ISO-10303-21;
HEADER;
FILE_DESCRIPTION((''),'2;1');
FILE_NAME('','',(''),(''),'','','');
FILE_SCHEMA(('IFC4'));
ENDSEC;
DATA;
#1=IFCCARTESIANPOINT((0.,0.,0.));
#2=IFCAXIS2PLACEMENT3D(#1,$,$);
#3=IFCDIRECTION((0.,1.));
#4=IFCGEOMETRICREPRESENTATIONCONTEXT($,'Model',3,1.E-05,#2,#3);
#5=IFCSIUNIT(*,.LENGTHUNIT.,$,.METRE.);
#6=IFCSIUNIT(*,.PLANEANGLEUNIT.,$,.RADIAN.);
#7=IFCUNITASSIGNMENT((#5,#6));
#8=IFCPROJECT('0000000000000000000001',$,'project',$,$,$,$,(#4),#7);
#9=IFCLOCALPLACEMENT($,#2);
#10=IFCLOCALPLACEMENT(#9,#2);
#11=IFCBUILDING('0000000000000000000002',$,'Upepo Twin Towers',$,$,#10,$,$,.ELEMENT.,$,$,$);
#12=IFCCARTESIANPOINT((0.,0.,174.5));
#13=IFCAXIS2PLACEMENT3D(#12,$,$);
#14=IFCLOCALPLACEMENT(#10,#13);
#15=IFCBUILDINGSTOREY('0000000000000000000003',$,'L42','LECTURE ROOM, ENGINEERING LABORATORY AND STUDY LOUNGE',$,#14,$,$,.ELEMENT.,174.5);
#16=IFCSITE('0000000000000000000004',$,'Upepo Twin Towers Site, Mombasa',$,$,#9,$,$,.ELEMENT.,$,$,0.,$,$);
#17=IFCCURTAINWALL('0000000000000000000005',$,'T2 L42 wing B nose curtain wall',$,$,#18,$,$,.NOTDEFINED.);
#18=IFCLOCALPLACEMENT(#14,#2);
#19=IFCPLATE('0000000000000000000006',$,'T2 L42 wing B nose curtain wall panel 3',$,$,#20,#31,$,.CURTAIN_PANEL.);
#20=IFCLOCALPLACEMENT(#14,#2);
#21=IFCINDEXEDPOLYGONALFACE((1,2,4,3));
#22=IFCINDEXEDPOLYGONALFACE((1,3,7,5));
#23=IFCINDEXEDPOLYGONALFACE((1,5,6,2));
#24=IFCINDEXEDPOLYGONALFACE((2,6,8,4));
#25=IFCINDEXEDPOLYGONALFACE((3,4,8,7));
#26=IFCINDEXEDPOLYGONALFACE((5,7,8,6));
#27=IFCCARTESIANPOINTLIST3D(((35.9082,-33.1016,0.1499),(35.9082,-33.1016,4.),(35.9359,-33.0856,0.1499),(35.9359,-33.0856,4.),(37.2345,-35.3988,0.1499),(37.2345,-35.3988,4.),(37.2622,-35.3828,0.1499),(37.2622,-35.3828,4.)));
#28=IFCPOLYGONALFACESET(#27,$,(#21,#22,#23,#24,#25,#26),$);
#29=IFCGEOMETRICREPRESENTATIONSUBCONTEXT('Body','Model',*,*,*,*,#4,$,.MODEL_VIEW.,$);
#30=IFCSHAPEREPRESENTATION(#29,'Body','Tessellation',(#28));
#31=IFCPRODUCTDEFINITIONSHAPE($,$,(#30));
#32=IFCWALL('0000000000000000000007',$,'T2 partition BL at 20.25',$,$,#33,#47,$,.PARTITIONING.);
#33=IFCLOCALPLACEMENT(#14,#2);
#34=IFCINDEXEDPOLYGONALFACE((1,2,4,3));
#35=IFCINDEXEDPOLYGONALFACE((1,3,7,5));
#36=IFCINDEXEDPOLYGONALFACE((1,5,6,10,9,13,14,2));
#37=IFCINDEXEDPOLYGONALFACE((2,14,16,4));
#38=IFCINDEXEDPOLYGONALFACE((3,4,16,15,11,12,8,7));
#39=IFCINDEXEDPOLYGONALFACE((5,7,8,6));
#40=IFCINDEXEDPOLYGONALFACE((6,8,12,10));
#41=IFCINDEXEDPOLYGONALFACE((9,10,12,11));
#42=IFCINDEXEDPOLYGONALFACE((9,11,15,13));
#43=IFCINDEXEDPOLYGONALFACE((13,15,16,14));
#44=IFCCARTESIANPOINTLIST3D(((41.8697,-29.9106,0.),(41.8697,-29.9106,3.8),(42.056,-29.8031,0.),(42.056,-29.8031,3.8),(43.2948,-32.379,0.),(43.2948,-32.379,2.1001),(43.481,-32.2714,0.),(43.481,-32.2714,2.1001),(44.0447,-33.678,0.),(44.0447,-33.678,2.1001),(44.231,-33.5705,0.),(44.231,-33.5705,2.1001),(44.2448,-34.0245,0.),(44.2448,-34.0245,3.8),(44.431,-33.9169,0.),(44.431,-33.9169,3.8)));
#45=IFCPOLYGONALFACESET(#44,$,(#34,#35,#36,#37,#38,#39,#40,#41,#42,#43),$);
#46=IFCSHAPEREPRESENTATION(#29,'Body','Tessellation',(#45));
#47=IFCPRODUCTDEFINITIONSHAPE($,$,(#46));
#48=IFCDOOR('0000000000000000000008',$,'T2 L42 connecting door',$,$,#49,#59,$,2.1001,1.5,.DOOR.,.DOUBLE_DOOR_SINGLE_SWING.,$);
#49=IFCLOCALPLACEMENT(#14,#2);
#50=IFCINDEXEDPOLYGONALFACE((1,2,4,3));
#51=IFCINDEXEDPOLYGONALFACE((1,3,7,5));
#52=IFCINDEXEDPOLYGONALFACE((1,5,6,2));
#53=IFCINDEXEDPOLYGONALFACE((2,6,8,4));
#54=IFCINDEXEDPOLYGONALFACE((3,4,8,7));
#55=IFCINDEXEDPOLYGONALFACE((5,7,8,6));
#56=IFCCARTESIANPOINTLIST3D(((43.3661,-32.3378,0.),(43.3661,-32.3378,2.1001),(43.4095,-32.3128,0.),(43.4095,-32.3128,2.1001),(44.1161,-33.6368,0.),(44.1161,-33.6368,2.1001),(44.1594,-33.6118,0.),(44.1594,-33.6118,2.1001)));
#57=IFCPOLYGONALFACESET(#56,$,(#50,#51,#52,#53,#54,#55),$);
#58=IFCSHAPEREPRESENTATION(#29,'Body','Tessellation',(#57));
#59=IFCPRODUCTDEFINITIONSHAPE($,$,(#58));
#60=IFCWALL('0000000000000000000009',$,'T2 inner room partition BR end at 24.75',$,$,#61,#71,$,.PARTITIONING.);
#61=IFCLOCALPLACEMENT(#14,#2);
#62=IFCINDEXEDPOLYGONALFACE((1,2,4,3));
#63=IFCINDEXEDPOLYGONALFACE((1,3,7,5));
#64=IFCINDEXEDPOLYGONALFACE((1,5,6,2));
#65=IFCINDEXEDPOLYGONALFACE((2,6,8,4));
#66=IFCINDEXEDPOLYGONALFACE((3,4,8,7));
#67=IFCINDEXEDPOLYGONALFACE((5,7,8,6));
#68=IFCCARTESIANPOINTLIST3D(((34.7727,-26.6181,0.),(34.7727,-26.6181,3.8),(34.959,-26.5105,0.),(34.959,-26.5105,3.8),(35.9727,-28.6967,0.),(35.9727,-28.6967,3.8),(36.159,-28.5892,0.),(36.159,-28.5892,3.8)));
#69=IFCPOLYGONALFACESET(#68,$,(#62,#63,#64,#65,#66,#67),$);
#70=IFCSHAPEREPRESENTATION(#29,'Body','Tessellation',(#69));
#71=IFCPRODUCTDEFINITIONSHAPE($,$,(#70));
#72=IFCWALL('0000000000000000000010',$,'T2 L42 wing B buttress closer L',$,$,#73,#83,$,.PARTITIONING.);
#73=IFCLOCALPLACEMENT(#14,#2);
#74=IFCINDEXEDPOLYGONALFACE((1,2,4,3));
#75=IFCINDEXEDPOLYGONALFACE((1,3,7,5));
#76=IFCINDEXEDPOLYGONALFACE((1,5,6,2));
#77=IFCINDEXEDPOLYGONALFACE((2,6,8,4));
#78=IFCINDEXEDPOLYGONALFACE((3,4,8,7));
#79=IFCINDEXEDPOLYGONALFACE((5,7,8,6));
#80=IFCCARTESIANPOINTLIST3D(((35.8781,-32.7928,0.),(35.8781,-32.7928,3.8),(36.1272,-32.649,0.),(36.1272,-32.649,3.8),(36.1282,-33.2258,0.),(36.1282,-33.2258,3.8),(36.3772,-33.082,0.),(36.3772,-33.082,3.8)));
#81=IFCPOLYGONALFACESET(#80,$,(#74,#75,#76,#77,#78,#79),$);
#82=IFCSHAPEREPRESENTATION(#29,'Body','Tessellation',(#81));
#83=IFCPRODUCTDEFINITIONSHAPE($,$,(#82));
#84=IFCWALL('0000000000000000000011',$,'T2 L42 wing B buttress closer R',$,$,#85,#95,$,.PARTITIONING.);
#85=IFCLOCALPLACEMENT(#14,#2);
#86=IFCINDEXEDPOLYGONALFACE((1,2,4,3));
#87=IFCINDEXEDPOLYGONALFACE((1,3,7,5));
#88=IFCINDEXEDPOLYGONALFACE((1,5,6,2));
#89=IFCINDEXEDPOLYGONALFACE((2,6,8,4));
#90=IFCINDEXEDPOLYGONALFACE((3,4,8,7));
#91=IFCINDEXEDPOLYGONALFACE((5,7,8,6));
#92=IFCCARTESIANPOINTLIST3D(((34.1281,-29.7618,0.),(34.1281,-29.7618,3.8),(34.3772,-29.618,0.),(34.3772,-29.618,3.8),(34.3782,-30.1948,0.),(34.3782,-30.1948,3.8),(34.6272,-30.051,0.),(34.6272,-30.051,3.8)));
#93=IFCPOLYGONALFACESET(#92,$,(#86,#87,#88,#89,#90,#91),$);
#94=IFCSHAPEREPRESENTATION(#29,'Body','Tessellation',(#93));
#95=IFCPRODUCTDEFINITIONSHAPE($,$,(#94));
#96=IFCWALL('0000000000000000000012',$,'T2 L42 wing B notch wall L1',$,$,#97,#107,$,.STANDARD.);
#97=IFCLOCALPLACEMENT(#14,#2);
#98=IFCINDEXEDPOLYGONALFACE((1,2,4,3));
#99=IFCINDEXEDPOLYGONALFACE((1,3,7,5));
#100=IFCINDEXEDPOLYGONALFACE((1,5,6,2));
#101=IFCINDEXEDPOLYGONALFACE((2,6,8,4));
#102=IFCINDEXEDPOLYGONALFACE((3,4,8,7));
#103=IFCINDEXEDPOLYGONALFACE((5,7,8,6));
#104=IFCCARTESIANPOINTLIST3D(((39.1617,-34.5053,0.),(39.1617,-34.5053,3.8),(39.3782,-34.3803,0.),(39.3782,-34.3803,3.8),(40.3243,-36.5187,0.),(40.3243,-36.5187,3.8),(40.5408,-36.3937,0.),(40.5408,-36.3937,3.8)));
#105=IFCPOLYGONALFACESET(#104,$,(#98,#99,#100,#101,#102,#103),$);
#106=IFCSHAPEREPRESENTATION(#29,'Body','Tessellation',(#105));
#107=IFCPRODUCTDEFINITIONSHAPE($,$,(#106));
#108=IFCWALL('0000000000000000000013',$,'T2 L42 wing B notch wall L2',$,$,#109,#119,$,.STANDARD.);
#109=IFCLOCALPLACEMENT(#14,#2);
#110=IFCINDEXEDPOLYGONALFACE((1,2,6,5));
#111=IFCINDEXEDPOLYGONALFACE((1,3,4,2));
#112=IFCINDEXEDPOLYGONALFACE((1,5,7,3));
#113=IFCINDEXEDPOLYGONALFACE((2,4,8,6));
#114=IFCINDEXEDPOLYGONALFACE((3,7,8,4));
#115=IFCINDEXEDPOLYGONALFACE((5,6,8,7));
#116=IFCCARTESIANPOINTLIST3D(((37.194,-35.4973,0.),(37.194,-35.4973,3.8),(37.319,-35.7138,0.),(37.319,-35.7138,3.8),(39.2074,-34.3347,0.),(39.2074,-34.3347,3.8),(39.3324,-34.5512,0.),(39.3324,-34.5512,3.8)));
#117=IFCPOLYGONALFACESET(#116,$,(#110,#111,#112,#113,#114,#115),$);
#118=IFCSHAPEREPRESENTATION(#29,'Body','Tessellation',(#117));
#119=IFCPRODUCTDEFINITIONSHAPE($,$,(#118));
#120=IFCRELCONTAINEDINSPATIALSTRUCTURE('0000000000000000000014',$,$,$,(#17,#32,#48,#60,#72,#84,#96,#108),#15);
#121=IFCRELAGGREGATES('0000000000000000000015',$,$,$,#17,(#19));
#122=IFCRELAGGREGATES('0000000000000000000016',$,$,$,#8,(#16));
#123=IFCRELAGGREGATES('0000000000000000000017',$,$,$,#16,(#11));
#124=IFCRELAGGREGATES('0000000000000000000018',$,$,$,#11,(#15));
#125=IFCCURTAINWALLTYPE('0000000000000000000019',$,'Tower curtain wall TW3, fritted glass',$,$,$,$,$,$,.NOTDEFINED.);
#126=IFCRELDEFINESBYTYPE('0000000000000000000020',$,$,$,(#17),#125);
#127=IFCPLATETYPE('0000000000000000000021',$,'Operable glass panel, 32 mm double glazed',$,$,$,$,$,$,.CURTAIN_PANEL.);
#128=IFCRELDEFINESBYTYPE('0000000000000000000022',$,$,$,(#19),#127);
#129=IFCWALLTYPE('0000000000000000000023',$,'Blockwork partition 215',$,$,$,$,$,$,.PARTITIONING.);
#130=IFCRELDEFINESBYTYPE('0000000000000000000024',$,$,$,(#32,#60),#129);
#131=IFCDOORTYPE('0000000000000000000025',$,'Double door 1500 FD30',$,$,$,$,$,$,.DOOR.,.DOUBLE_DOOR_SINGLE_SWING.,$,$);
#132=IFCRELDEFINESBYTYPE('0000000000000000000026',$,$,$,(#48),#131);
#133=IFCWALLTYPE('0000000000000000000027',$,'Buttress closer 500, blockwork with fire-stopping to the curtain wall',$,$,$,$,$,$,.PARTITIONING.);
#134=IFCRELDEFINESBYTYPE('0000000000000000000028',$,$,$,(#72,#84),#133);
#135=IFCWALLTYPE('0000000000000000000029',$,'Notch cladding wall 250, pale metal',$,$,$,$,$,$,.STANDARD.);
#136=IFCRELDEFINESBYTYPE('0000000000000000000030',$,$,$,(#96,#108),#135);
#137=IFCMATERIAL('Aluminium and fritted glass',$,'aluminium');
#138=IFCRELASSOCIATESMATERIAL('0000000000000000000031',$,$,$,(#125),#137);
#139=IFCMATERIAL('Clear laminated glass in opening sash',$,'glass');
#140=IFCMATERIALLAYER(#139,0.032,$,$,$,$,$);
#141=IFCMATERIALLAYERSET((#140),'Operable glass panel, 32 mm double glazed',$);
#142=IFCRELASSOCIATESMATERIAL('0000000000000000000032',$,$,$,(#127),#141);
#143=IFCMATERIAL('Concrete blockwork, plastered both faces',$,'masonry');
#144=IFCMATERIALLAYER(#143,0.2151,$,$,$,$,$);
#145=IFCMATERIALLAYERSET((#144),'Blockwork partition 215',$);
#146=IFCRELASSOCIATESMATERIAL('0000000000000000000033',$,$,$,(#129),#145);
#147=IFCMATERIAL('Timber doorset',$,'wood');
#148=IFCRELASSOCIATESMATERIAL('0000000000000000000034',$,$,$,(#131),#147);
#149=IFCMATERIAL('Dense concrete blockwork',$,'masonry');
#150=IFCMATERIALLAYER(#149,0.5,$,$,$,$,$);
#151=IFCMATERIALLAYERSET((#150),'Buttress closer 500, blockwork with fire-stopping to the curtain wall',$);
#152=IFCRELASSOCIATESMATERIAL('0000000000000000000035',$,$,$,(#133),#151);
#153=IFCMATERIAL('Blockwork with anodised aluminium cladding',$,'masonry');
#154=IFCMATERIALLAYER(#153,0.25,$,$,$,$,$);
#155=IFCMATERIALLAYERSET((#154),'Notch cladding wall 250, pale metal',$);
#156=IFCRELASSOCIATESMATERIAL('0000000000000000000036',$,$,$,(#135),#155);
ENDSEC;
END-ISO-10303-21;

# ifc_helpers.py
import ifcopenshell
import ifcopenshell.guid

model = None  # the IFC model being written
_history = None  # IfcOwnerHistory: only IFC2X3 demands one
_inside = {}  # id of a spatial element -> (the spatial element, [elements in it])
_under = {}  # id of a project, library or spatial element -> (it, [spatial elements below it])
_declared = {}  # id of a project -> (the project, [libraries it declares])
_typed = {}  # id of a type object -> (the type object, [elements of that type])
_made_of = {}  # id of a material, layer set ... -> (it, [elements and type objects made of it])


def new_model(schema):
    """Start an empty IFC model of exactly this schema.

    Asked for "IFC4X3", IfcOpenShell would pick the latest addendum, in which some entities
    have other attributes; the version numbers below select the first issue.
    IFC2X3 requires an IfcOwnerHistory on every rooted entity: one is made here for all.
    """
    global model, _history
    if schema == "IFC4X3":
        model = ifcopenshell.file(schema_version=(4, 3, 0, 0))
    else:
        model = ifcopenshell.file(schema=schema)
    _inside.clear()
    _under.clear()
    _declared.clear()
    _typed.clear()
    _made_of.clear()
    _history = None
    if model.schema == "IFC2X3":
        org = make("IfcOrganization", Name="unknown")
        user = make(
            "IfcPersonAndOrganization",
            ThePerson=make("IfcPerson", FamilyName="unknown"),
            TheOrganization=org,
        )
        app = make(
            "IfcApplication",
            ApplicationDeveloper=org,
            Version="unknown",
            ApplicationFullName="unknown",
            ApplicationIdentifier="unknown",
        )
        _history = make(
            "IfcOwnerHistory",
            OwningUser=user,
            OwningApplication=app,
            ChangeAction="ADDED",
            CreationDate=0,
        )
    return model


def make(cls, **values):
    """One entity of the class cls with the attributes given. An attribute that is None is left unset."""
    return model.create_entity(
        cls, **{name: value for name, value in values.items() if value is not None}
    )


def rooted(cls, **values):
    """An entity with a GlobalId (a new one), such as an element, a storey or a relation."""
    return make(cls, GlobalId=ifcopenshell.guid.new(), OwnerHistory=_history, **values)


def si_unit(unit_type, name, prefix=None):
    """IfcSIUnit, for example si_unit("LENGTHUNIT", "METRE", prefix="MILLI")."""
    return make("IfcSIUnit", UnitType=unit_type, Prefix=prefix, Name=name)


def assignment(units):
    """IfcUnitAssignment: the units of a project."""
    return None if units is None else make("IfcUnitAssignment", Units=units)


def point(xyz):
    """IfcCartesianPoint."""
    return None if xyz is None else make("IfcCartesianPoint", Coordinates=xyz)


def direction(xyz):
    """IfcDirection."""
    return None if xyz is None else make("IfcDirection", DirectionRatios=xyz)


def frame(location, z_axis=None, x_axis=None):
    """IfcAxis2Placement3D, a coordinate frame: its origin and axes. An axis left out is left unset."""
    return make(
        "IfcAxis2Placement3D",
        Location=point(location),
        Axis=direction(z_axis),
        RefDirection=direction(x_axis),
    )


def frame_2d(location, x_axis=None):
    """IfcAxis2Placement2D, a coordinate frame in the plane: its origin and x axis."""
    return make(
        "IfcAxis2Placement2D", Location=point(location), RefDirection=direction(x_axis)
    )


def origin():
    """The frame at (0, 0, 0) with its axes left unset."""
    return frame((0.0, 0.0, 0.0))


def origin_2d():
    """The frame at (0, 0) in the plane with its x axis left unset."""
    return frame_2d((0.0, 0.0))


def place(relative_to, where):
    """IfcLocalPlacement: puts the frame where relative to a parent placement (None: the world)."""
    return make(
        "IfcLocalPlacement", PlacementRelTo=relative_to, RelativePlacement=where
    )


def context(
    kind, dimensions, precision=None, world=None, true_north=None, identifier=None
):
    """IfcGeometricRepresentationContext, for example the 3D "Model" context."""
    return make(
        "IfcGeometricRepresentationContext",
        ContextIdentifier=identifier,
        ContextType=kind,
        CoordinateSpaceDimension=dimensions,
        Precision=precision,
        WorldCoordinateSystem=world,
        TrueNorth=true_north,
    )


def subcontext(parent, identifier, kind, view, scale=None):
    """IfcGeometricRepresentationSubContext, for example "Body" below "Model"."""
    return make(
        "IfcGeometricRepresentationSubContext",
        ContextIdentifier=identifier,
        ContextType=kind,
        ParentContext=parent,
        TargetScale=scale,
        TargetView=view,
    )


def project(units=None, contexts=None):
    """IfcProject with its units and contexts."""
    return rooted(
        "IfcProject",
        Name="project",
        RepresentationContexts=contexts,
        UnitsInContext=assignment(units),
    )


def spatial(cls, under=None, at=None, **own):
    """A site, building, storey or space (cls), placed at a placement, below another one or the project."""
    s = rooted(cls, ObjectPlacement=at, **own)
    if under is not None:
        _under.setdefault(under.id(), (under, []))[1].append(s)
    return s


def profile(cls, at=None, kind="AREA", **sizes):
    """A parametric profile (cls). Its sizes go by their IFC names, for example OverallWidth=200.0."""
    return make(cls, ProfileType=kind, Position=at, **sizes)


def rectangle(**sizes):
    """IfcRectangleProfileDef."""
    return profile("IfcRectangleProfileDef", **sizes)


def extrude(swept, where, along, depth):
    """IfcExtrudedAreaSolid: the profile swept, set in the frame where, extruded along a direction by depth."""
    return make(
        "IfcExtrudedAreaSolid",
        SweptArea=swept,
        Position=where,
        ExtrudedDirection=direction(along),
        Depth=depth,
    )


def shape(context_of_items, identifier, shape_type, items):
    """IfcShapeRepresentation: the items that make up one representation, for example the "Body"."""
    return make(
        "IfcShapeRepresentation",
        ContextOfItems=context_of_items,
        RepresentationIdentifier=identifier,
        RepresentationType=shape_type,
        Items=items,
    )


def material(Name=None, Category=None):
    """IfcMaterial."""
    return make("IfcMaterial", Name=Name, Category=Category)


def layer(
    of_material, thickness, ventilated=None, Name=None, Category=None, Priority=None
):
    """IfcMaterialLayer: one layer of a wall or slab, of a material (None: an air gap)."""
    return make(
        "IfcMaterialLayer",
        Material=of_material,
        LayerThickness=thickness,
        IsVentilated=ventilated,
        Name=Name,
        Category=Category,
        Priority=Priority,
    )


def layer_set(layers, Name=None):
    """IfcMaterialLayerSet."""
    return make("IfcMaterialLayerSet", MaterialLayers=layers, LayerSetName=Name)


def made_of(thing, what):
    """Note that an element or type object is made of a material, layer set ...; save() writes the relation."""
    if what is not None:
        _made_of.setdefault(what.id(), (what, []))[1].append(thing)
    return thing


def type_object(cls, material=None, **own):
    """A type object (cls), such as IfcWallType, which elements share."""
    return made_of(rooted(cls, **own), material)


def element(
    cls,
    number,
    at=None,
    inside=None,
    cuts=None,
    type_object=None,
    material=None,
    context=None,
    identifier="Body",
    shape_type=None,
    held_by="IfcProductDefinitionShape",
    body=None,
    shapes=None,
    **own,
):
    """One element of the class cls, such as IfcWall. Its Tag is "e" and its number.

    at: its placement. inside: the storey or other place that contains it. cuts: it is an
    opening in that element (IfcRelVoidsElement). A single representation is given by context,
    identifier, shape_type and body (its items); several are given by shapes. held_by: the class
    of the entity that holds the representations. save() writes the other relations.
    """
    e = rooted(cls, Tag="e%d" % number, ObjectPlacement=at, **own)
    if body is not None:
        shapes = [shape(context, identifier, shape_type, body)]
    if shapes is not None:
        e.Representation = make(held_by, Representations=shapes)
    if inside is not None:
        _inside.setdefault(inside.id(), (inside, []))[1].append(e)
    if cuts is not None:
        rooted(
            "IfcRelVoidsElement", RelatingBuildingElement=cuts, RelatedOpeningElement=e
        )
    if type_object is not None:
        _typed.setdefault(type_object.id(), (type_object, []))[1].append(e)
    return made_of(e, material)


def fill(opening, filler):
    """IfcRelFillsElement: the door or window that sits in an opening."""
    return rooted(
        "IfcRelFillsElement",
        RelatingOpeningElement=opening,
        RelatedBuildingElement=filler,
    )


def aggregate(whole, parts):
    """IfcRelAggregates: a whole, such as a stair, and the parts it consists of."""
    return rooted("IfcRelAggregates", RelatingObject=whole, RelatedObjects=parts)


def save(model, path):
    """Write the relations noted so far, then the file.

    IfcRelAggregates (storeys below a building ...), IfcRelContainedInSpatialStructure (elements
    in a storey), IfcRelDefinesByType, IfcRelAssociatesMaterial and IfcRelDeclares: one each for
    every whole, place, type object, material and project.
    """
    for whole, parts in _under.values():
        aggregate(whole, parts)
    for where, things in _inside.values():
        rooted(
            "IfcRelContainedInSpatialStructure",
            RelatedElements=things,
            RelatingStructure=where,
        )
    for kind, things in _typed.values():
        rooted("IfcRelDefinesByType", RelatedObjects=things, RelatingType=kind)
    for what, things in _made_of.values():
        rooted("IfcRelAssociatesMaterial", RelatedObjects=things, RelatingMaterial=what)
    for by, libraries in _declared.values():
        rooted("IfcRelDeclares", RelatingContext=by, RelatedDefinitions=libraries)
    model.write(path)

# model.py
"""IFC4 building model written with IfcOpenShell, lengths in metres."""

from ifc_helpers import new_model, si_unit, direction, frame, frame_2d, origin, origin_2d, place, context, subcontext, project, spatial, rectangle, extrude, material, layer, layer_set, type_object, element, fill, aggregate, save


model = new_model("IFC4")

# Units and contexts
model_context = context("Model", 3, precision=1e-05, world=origin(), true_north=direction((0.0, 1.0)))
body_context = subcontext(model_context, "Body", "Model", "MODEL_VIEW")
ifc_project = project(units=[si_unit("LENGTHUNIT", "METRE"), si_unit("PLANEANGLEUNIT", "RADIAN")], contexts=[model_context])

# Site, building, storey
site_placement = place(None, origin())
site = spatial("IfcSite", under=ifc_project, at=site_placement, Name="Upepo Twin Towers Site, Mombasa", CompositionType="ELEMENT", RefElevation=0.0)
building_placement = place(site_placement, origin())
building = spatial("IfcBuilding", under=site, at=building_placement, Name="Upepo Twin Towers", CompositionType="ELEMENT")
storey_placement = place(building_placement, frame((0.0, 0.0, 174.5)))
storey = spatial("IfcBuildingStorey", under=building, at=storey_placement, Name="L42", Description="LECTURE ROOM, ENGINEERING LABORATORY AND STUDY LOUNGE", CompositionType="ELEMENT", Elevation=174.5)

# Shared definitions
ifc_material_1 = material(Name="Aluminium and fritted glass", Category="aluminium")
curtain_wall_type = type_object("IfcCurtainWallType", Name="Tower curtain wall TW3, fritted glass", PredefinedType="NOTDEFINED", material=ifc_material_1)

# Curtain wall
curtain_wall_1_placement = place(storey_placement, origin())
curtain_wall_1 = element("IfcCurtainWall", 1, at=curtain_wall_1_placement, inside=storey, type_object=curtain_wall_type, Name="T2 L42 wing B nose curtain wall", PredefinedType="NOTDEFINED")

# Plate
ifc_material_2 = material(Name="Clear laminated glass in opening sash", Category="glass")
ifc_layer_1 = layer(ifc_material_2, 0.032)
ifc_layer_set_1 = layer_set([ifc_layer_1], Name="Operable glass panel, 32 mm double glazed")
plate_type_1 = type_object("IfcPlateType", Name="Operable glass panel, 32 mm double glazed", PredefinedType="CURTAIN_PANEL", material=ifc_layer_set_1)
plate_1_placement = place(storey_placement, frame((36.5852, -34.2422, 0.1499), z_axis=(0.0, 0.0, 1.0), x_axis=(0.5, -0.866025, 0.0)))
plate_1 = element("IfcPlate", 2, at=plate_1_placement, type_object=plate_type_1, Name="T2 L42 wing B nose curtain wall panel 3", PredefinedType="CURTAIN_PANEL", context=body_context, shape_type="SweptSolid", body=[
    extrude(rectangle(XDim=2.6526, YDim=0.032, at=origin_2d()), origin(), (0.0, 0.0, 1.0), 3.8501),
])
aggregate(curtain_wall_1, [plate_1])

# Wall, opening, door
ifc_material_3 = material(Name="Concrete blockwork, plastered both faces", Category="masonry")
ifc_layer_2 = layer(ifc_material_3, 0.2151)
ifc_layer_set_2 = layer_set([ifc_layer_2], Name="Blockwork partition 215")
wall_type_1 = type_object("IfcWallType", Name="Blockwork partition 215", PredefinedType="PARTITIONING", material=ifc_layer_set_2)
wall_1_placement = place(storey_placement, frame((41.9629, -29.8569, 0.0), z_axis=(0.0, 0.0, 1.0), x_axis=(0.499986, -0.866033, 0.0)))
wall_1 = element("IfcWall", 3, at=wall_1_placement, inside=storey, type_object=wall_type_1, Name="T2 partition BL at 20.25", PredefinedType="PARTITIONING", context=body_context, shape_type="SweptSolid", body=[
    extrude(rectangle(XDim=4.7502, YDim=0.2151, at=frame_2d((2.375, 0.0))), origin(), (0.0, 0.0, 1.0), 3.8),
])
opening_placement = place(wall_1_placement, frame((2.8501, 0.0, 0.0)))
opening = element("IfcOpeningElement", 4, at=opening_placement, cuts=wall_1, PredefinedType="OPENING", context=body_context, shape_type="SweptSolid", body=[
    extrude(rectangle(XDim=1.5, YDim=2.1001, at=frame_2d((0.75, 1.05))), frame((0.0, 0.1174, 0.0), z_axis=(0.0, -1.0, 0.0), x_axis=(1.0, 0.0, 0.0)), (0.0, 0.0, 1.0), 0.2351),
])
ifc_material_4 = material(Name="Timber doorset", Category="wood")
door_type = type_object("IfcDoorType", Name="Double door 1500 FD30", OperationType="DOUBLE_DOOR_SINGLE_SWING", PredefinedType="DOOR", material=ifc_material_4)
door_placement = place(opening_placement, origin())
door = element("IfcDoor", 5, at=door_placement, inside=storey, type_object=door_type, Name="T2 L42 connecting door", OperationType="DOUBLE_DOOR_SINGLE_SWING", OverallHeight=2.1001, OverallWidth=1.5, PredefinedType="DOOR", context=body_context, shape_type="SweptSolid", body=[
    extrude(rectangle(XDim=1.5, YDim=2.1001, at=frame_2d((0.75, 1.05))), frame((0.0, 0.0249, 0.0), z_axis=(0.0, -1.0, 0.0), x_axis=(1.0, 0.0, 0.0)), (0.0, 0.0, 1.0), 0.05),
])
fill(opening, door)

# Walls
wall_2_placement = place(storey_placement, frame((36.0659, -28.6431, 0.0), z_axis=(0.0, 0.0, 1.0), x_axis=(-0.499957, 0.86605, 0.0)))
element("IfcWall", 6, at=wall_2_placement, inside=storey, type_object=wall_type_1, Name="T2 inner room partition BR end at 24.75", PredefinedType="PARTITIONING", context=body_context, shape_type="SweptSolid", body=[
    extrude(rectangle(XDim=2.4001, YDim=0.2151, at=frame_2d((1.2002, 0.0))), origin(), (0.0, 0.0, 1.0), 3.8),
])
ifc_material_5 = material(Name="Dense concrete blockwork", Category="masonry")
ifc_layer_3 = layer(ifc_material_5, 0.5)
ifc_layer_set_3 = layer_set([ifc_layer_3], Name="Buttress closer 500, blockwork with fire-stopping to the curtain wall")
wall_type_2 = type_object("IfcWallType", Name="Buttress closer 500, blockwork with fire-stopping to the curtain wall", PredefinedType="PARTITIONING", material=ifc_layer_set_3)
for number, where, z_axis, x_axis, name in (
    (7, (36.2522, -32.8655, 0.0), (0.0, 0.0, 1.0), (-0.865988, -0.500065, 0.0), "T2 L42 wing B buttress closer L"),
    (8, (34.5022, -29.8345, 0.0), (0.0, 0.0, 1.0), (-0.865988, -0.500065, 0.0), "T2 L42 wing B buttress closer R"),
):
    element("IfcWall", number, at=place(storey_placement, frame(where, z_axis=z_axis, x_axis=x_axis)), inside=storey, type_object=wall_type_2, Name=name, PredefinedType="PARTITIONING", context=body_context, shape_type="SweptSolid", body=[
        extrude(rectangle(XDim=0.2876, YDim=0.5, at=frame_2d((0.1438, 0.0))), origin(), (0.0, 0.0, 1.0), 3.8),
    ])
ifc_material_6 = material(Name="Blockwork with anodised aluminium cladding", Category="masonry")
ifc_layer_4 = layer(ifc_material_6, 0.25)
ifc_layer_set_4 = layer_set([ifc_layer_4], Name="Notch cladding wall 250, pale metal")
wall_type_3 = type_object("IfcWallType", Name="Notch cladding wall 250, pale metal", PredefinedType="STANDARD", material=ifc_layer_set_4)
for number, where, z_axis, x_axis, name in (
    (9, (40.4326, -36.4563, 0.0), (0.0, 0.0, 1.0), (-0.500047, 0.865998, 0.0), "T2 L42 wing B notch wall L1"),
    (10, (39.27, -34.4429, 0.0), (0.0, 0.0, 1.0), (-0.865998, -0.500047, 0.0), "T2 L42 wing B notch wall L2"),
):
    element("IfcWall", number, at=place(storey_placement, frame(where, z_axis=z_axis, x_axis=x_axis)), inside=storey, type_object=wall_type_3, Name=name, PredefinedType="STANDARD", context=body_context, shape_type="SweptSolid", body=[
        extrude(rectangle(XDim=2.325, YDim=0.25, at=frame_2d((1.1626, 0.0))), origin(), (0.0, 0.0, 1.0), 3.8),
    ])

save(model, "model.ifc")
